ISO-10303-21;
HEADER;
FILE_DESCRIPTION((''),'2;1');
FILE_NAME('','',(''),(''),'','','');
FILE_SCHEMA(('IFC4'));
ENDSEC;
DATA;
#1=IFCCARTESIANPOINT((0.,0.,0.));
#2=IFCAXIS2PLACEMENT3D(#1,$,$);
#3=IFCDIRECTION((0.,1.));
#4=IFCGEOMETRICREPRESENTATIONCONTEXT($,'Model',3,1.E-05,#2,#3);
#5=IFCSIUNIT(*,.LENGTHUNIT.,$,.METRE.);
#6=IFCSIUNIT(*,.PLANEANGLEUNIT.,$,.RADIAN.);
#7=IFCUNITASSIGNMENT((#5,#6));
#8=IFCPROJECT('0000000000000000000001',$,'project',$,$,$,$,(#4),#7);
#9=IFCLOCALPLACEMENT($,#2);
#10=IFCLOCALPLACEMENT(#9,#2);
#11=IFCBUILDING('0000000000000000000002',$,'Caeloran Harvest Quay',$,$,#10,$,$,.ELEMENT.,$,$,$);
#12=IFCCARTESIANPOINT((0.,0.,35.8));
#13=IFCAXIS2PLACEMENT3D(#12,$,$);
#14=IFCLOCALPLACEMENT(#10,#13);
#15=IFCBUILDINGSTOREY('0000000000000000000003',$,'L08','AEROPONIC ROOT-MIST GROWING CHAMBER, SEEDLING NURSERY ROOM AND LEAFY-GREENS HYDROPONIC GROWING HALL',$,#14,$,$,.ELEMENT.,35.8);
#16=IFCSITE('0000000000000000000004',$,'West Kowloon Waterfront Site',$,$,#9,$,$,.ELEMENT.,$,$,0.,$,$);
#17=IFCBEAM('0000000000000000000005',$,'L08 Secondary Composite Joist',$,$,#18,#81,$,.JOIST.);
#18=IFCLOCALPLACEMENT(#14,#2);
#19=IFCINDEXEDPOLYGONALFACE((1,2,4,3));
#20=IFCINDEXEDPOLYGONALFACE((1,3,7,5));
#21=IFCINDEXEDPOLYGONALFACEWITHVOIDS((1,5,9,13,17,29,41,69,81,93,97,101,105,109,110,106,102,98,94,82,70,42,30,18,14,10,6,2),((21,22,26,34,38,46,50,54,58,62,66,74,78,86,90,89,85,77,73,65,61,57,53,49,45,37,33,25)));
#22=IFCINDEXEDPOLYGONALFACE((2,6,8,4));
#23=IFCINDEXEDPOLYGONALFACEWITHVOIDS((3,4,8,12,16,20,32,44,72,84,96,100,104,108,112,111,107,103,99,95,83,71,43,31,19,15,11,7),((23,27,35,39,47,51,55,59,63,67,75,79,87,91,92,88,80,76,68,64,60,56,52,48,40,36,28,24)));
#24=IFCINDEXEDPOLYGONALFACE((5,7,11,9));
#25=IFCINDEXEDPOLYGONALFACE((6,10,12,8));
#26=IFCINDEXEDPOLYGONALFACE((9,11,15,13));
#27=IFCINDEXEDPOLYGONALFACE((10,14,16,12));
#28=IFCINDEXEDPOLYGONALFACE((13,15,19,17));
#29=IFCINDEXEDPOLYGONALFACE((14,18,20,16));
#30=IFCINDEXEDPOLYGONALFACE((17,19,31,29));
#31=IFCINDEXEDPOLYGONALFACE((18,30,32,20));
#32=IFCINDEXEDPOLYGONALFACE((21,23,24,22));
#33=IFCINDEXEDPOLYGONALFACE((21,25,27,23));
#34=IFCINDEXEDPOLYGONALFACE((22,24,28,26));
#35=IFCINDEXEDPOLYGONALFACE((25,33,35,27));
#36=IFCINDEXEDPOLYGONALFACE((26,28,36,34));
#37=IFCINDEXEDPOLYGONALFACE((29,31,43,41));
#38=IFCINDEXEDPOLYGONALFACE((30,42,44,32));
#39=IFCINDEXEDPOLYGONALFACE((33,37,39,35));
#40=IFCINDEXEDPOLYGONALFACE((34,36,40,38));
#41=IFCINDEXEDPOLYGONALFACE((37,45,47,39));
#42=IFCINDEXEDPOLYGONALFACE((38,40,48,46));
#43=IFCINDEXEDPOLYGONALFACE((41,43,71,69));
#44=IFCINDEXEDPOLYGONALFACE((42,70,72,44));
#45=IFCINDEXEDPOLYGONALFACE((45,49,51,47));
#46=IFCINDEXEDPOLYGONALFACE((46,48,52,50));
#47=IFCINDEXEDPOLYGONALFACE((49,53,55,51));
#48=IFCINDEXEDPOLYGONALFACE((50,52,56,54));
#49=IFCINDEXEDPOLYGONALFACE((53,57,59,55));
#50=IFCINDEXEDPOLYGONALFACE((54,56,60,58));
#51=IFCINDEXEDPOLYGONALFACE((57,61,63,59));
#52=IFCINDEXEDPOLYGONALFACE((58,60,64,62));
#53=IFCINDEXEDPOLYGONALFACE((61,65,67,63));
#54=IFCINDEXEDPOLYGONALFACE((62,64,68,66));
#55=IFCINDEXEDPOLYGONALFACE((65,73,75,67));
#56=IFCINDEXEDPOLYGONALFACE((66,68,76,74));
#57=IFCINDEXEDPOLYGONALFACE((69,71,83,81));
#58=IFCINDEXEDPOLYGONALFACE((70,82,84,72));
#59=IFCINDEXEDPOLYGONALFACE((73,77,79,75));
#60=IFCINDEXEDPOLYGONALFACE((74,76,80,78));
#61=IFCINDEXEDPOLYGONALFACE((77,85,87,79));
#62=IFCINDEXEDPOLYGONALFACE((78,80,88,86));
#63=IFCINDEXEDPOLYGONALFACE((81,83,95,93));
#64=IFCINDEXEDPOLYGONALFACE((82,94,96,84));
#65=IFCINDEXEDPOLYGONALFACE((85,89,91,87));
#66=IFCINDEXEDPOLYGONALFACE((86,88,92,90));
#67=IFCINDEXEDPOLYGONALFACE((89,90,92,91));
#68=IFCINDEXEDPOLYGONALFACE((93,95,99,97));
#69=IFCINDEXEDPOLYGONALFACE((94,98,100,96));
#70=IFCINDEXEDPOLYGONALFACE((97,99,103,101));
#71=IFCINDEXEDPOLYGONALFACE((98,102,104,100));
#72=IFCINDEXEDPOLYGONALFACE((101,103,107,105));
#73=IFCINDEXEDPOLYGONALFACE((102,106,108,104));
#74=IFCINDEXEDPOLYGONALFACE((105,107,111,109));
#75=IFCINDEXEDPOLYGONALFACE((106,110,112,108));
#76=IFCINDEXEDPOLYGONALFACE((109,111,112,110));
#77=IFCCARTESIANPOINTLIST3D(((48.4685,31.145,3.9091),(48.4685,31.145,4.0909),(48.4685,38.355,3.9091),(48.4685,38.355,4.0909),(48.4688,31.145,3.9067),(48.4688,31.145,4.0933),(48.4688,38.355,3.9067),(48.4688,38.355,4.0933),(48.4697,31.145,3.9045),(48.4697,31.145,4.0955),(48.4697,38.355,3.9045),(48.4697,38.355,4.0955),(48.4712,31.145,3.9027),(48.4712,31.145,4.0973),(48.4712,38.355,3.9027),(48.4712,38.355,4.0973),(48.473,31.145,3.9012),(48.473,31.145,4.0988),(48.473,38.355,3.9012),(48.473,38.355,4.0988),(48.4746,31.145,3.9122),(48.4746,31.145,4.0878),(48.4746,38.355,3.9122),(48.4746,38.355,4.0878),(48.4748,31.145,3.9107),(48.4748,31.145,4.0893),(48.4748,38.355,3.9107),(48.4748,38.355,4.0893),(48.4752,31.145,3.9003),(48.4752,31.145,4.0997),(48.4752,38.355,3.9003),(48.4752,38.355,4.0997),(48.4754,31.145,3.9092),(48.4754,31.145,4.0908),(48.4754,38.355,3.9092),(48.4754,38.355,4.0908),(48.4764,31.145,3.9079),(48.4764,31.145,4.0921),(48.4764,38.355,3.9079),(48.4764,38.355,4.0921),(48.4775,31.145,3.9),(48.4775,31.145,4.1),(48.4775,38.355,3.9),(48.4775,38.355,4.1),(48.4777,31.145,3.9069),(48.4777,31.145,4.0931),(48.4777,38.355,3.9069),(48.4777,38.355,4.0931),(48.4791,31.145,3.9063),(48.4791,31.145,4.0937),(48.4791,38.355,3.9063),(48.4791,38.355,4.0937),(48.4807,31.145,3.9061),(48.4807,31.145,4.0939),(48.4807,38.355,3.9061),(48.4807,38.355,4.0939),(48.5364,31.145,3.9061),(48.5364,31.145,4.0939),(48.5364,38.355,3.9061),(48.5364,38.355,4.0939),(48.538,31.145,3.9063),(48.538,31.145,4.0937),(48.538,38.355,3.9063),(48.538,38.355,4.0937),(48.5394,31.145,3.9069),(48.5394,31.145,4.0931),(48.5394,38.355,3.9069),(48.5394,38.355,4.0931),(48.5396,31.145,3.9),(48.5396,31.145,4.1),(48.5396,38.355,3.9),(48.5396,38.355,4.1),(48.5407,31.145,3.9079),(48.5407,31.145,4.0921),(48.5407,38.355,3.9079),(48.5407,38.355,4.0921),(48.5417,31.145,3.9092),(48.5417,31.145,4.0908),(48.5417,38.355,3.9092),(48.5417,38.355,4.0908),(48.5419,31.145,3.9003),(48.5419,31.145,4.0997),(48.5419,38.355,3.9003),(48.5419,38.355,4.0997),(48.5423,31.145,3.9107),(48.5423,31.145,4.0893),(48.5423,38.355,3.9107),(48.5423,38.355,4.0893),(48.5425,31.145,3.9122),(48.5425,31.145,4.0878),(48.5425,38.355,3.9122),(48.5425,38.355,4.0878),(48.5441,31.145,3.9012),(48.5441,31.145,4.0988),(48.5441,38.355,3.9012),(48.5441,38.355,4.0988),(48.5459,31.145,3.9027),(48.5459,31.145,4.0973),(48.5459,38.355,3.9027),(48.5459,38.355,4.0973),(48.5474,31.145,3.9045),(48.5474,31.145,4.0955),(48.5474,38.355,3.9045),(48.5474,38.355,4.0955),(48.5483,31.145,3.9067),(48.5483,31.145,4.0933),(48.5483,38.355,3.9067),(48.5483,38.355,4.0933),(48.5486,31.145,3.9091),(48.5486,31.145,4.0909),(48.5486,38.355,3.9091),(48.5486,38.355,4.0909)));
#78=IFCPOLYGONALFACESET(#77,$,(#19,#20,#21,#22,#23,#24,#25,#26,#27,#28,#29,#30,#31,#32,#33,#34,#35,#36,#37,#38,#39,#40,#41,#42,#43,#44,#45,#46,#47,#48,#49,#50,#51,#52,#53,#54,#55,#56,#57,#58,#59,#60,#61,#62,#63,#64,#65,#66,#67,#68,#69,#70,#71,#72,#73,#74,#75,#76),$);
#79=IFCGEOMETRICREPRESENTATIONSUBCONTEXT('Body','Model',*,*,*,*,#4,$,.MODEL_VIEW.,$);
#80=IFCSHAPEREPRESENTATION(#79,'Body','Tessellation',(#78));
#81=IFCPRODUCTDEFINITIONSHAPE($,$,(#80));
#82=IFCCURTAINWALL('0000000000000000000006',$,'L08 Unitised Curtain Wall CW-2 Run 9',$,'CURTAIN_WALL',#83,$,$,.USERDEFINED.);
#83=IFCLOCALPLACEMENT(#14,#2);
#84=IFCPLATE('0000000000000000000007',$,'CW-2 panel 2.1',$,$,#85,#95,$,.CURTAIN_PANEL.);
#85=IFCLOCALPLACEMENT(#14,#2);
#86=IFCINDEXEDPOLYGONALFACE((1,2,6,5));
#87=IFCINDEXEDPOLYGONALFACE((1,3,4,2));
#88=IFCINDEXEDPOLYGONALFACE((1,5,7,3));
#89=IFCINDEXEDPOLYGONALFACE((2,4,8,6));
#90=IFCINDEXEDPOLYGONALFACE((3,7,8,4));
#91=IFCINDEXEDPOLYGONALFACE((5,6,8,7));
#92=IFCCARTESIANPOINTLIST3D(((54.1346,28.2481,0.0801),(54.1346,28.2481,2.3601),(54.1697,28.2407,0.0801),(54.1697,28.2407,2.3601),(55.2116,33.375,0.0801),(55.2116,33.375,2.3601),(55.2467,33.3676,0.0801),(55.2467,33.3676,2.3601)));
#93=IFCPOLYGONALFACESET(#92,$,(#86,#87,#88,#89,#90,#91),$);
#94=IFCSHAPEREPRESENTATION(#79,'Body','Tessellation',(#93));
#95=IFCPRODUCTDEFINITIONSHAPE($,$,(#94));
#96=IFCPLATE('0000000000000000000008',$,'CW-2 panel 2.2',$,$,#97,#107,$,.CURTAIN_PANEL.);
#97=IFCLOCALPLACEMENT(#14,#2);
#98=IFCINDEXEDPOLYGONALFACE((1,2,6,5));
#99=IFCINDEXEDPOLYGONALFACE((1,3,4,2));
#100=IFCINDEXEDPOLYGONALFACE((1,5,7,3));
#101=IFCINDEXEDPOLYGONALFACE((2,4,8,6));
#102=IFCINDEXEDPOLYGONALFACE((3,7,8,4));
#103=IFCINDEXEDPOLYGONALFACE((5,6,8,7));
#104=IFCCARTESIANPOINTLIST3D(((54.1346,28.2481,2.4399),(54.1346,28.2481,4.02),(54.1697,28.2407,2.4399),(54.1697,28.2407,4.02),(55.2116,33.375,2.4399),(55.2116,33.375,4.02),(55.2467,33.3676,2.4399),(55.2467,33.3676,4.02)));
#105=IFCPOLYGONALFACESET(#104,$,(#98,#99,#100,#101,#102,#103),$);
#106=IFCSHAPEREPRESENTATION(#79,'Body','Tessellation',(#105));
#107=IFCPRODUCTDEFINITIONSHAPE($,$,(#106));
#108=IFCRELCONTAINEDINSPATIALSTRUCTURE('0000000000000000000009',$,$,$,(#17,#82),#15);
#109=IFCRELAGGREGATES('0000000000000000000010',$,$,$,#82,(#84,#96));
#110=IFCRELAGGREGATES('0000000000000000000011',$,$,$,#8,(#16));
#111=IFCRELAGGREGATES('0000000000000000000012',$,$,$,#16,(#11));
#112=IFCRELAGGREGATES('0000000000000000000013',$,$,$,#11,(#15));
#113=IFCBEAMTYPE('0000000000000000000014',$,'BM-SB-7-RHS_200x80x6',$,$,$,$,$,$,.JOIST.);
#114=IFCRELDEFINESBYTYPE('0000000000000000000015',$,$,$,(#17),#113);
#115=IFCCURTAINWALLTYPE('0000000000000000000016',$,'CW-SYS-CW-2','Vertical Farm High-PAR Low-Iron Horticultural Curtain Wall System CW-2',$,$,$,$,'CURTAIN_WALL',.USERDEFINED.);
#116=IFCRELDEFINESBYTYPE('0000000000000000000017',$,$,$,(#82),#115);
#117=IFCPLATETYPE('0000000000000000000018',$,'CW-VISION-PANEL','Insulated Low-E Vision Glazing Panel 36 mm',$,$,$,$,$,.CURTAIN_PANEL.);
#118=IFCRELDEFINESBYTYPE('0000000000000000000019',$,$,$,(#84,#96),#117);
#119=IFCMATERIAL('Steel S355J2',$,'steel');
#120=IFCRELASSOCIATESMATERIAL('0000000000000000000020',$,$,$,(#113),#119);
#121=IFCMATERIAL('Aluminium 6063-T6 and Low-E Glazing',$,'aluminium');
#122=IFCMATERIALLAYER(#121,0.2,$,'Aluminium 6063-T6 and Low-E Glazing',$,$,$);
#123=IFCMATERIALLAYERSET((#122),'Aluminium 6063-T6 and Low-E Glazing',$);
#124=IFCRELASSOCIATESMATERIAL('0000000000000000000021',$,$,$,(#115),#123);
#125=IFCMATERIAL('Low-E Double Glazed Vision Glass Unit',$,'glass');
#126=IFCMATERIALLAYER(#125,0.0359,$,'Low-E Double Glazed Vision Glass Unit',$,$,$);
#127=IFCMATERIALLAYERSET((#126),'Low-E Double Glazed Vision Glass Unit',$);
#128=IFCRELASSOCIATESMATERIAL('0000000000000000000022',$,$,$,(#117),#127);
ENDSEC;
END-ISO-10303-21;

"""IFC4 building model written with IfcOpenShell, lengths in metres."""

from ifc_helpers import new_model, si_unit, direction, frame, origin, origin_2d, place, context, subcontext, project, spatial, rectangle, hollow_rectangle, extrude, material, layer, layer_set, material_profile, profile_set, type_object, element, aggregate, save


model = new_model("IFC4")

# Units and contexts
model_context = context("Model", 3, precision=1e-05, world=origin(), true_north=direction((0.0, 1.0)))
body_context = subcontext(model_context, "Body", "Model", "MODEL_VIEW")
ifc_project = project(units=[si_unit("LENGTHUNIT", "METRE"), si_unit("PLANEANGLEUNIT", "RADIAN")], contexts=[model_context])

# Site, building, storey
site_placement = place(None, origin())
site = spatial("IfcSite", under=ifc_project, at=site_placement, Name="West Kowloon Waterfront Site", CompositionType="ELEMENT", RefElevation=0.0)
building_placement = place(site_placement, origin())
building = spatial("IfcBuilding", under=site, at=building_placement, Name="Caeloran Harvest Quay", CompositionType="ELEMENT")
storey_placement = place(building_placement, frame((0.0, 0.0, 35.8)))
storey = spatial("IfcBuildingStorey", under=building, at=storey_placement, Name="L08", Description="AEROPONIC ROOT-MIST GROWING CHAMBER, SEEDLING NURSERY ROOM AND LEAFY-GREENS HYDROPONIC GROWING HALL", CompositionType="ELEMENT", Elevation=35.8)

# Beam
ifc_material_1 = material(Name="Steel S355J2", Category="steel")
ifc_material_profile_1 = material_profile(ifc_material_1, hollow_rectangle(XDim=0.0801, YDim=0.2, WallThickness=0.0061, InnerFilletRadius=0.0061, OuterFilletRadius=0.009, at=origin_2d()), Name="RHS 200x80x6")
ifc_profile_set_1 = profile_set([ifc_material_profile_1], Name="Steel S355J2")
beam_type_1 = type_object("IfcBeamType", Name="BM-SB-7-RHS_200x80x6", PredefinedType="JOIST", material=ifc_profile_set_1)
for number, where, z_axis, x_axis, name in (
    (1, (48.5085, 31.145, 4.0), (0.0, 1.0, 0.0), (-1.0, 0.0, 0.0), "L08 Secondary Composite Joist"),
):
    element("IfcBeam", number, at=place(storey_placement, frame(where, z_axis=z_axis, x_axis=x_axis)), inside=storey, type_object=beam_type_1, Name=name, PredefinedType="JOIST", context=body_context, shape_type="SweptSolid", body=[
        extrude(hollow_rectangle(XDim=0.0801, YDim=0.2, WallThickness=0.0061, InnerFilletRadius=0.0061, OuterFilletRadius=0.009, at=origin_2d()), origin(), (0.0, 0.0, 1.0), 7.21),
    ])

# Curtain wall, plates
ifc_material_2 = material(Name="Aluminium 6063-T6 and Low-E Glazing", Category="aluminium")
ifc_layer_1 = layer(ifc_material_2, 0.2, Name="Aluminium 6063-T6 and Low-E Glazing")
ifc_layer_set_1 = layer_set([ifc_layer_1], Name="Aluminium 6063-T6 and Low-E Glazing")
curtain_wall_type = type_object("IfcCurtainWallType", Name="CW-SYS-CW-2", Description="Vertical Farm High-PAR Low-Iron Horticultural Curtain Wall System CW-2", ElementType="CURTAIN_WALL", PredefinedType="USERDEFINED", material=ifc_layer_set_1)
curtain_wall_placement = place(storey_placement, origin())
curtain_wall = element("IfcCurtainWall", 2, at=curtain_wall_placement, inside=storey, type_object=curtain_wall_type, Name="L08 Unitised Curtain Wall CW-2 Run 9", ObjectType="CURTAIN_WALL", PredefinedType="USERDEFINED")
ifc_material_3 = material(Name="Low-E Double Glazed Vision Glass Unit", Category="glass")
ifc_layer_2 = layer(ifc_material_3, 0.0359, Name="Low-E Double Glazed Vision Glass Unit")
ifc_layer_set_2 = layer_set([ifc_layer_2], Name="Low-E Double Glazed Vision Glass Unit")
plate_type = type_object("IfcPlateType", Name="CW-VISION-PANEL", Description="Insulated Low-E Vision Glazing Panel 36 mm", PredefinedType="CURTAIN_PANEL", material=ifc_layer_set_2)
plate_1_placement = place(storey_placement, frame((54.6907, 30.8079, 0.0801), z_axis=(0.0, 0.0, 1.0), x_axis=(-0.205583, -0.97864, 0.0)))
plate_1 = element("IfcPlate", 3, at=plate_1_placement, type_object=plate_type, Name="CW-2 panel 2.1", PredefinedType="CURTAIN_PANEL", context=body_context, shape_type="SweptSolid", body=[
    extrude(rectangle(XDim=5.2388, YDim=0.0359, at=origin_2d()), origin(), (0.0, 0.0, 1.0), 2.28),
])
plate_2_placement = place(storey_placement, frame((54.6907, 30.8079, 2.4399), z_axis=(0.0, 0.0, 1.0), x_axis=(-0.205583, -0.97864, 0.0)))
plate_2 = element("IfcPlate", 4, at=plate_2_placement, type_object=plate_type, Name="CW-2 panel 2.2", PredefinedType="CURTAIN_PANEL", context=body_context, shape_type="SweptSolid", body=[
    extrude(rectangle(XDim=5.2388, YDim=0.0359, at=origin_2d()), origin(), (0.0, 0.0, 1.0), 1.5801),
])
aggregate(curtain_wall, [plate_1, plate_2])

save(model, "model.ifc")
